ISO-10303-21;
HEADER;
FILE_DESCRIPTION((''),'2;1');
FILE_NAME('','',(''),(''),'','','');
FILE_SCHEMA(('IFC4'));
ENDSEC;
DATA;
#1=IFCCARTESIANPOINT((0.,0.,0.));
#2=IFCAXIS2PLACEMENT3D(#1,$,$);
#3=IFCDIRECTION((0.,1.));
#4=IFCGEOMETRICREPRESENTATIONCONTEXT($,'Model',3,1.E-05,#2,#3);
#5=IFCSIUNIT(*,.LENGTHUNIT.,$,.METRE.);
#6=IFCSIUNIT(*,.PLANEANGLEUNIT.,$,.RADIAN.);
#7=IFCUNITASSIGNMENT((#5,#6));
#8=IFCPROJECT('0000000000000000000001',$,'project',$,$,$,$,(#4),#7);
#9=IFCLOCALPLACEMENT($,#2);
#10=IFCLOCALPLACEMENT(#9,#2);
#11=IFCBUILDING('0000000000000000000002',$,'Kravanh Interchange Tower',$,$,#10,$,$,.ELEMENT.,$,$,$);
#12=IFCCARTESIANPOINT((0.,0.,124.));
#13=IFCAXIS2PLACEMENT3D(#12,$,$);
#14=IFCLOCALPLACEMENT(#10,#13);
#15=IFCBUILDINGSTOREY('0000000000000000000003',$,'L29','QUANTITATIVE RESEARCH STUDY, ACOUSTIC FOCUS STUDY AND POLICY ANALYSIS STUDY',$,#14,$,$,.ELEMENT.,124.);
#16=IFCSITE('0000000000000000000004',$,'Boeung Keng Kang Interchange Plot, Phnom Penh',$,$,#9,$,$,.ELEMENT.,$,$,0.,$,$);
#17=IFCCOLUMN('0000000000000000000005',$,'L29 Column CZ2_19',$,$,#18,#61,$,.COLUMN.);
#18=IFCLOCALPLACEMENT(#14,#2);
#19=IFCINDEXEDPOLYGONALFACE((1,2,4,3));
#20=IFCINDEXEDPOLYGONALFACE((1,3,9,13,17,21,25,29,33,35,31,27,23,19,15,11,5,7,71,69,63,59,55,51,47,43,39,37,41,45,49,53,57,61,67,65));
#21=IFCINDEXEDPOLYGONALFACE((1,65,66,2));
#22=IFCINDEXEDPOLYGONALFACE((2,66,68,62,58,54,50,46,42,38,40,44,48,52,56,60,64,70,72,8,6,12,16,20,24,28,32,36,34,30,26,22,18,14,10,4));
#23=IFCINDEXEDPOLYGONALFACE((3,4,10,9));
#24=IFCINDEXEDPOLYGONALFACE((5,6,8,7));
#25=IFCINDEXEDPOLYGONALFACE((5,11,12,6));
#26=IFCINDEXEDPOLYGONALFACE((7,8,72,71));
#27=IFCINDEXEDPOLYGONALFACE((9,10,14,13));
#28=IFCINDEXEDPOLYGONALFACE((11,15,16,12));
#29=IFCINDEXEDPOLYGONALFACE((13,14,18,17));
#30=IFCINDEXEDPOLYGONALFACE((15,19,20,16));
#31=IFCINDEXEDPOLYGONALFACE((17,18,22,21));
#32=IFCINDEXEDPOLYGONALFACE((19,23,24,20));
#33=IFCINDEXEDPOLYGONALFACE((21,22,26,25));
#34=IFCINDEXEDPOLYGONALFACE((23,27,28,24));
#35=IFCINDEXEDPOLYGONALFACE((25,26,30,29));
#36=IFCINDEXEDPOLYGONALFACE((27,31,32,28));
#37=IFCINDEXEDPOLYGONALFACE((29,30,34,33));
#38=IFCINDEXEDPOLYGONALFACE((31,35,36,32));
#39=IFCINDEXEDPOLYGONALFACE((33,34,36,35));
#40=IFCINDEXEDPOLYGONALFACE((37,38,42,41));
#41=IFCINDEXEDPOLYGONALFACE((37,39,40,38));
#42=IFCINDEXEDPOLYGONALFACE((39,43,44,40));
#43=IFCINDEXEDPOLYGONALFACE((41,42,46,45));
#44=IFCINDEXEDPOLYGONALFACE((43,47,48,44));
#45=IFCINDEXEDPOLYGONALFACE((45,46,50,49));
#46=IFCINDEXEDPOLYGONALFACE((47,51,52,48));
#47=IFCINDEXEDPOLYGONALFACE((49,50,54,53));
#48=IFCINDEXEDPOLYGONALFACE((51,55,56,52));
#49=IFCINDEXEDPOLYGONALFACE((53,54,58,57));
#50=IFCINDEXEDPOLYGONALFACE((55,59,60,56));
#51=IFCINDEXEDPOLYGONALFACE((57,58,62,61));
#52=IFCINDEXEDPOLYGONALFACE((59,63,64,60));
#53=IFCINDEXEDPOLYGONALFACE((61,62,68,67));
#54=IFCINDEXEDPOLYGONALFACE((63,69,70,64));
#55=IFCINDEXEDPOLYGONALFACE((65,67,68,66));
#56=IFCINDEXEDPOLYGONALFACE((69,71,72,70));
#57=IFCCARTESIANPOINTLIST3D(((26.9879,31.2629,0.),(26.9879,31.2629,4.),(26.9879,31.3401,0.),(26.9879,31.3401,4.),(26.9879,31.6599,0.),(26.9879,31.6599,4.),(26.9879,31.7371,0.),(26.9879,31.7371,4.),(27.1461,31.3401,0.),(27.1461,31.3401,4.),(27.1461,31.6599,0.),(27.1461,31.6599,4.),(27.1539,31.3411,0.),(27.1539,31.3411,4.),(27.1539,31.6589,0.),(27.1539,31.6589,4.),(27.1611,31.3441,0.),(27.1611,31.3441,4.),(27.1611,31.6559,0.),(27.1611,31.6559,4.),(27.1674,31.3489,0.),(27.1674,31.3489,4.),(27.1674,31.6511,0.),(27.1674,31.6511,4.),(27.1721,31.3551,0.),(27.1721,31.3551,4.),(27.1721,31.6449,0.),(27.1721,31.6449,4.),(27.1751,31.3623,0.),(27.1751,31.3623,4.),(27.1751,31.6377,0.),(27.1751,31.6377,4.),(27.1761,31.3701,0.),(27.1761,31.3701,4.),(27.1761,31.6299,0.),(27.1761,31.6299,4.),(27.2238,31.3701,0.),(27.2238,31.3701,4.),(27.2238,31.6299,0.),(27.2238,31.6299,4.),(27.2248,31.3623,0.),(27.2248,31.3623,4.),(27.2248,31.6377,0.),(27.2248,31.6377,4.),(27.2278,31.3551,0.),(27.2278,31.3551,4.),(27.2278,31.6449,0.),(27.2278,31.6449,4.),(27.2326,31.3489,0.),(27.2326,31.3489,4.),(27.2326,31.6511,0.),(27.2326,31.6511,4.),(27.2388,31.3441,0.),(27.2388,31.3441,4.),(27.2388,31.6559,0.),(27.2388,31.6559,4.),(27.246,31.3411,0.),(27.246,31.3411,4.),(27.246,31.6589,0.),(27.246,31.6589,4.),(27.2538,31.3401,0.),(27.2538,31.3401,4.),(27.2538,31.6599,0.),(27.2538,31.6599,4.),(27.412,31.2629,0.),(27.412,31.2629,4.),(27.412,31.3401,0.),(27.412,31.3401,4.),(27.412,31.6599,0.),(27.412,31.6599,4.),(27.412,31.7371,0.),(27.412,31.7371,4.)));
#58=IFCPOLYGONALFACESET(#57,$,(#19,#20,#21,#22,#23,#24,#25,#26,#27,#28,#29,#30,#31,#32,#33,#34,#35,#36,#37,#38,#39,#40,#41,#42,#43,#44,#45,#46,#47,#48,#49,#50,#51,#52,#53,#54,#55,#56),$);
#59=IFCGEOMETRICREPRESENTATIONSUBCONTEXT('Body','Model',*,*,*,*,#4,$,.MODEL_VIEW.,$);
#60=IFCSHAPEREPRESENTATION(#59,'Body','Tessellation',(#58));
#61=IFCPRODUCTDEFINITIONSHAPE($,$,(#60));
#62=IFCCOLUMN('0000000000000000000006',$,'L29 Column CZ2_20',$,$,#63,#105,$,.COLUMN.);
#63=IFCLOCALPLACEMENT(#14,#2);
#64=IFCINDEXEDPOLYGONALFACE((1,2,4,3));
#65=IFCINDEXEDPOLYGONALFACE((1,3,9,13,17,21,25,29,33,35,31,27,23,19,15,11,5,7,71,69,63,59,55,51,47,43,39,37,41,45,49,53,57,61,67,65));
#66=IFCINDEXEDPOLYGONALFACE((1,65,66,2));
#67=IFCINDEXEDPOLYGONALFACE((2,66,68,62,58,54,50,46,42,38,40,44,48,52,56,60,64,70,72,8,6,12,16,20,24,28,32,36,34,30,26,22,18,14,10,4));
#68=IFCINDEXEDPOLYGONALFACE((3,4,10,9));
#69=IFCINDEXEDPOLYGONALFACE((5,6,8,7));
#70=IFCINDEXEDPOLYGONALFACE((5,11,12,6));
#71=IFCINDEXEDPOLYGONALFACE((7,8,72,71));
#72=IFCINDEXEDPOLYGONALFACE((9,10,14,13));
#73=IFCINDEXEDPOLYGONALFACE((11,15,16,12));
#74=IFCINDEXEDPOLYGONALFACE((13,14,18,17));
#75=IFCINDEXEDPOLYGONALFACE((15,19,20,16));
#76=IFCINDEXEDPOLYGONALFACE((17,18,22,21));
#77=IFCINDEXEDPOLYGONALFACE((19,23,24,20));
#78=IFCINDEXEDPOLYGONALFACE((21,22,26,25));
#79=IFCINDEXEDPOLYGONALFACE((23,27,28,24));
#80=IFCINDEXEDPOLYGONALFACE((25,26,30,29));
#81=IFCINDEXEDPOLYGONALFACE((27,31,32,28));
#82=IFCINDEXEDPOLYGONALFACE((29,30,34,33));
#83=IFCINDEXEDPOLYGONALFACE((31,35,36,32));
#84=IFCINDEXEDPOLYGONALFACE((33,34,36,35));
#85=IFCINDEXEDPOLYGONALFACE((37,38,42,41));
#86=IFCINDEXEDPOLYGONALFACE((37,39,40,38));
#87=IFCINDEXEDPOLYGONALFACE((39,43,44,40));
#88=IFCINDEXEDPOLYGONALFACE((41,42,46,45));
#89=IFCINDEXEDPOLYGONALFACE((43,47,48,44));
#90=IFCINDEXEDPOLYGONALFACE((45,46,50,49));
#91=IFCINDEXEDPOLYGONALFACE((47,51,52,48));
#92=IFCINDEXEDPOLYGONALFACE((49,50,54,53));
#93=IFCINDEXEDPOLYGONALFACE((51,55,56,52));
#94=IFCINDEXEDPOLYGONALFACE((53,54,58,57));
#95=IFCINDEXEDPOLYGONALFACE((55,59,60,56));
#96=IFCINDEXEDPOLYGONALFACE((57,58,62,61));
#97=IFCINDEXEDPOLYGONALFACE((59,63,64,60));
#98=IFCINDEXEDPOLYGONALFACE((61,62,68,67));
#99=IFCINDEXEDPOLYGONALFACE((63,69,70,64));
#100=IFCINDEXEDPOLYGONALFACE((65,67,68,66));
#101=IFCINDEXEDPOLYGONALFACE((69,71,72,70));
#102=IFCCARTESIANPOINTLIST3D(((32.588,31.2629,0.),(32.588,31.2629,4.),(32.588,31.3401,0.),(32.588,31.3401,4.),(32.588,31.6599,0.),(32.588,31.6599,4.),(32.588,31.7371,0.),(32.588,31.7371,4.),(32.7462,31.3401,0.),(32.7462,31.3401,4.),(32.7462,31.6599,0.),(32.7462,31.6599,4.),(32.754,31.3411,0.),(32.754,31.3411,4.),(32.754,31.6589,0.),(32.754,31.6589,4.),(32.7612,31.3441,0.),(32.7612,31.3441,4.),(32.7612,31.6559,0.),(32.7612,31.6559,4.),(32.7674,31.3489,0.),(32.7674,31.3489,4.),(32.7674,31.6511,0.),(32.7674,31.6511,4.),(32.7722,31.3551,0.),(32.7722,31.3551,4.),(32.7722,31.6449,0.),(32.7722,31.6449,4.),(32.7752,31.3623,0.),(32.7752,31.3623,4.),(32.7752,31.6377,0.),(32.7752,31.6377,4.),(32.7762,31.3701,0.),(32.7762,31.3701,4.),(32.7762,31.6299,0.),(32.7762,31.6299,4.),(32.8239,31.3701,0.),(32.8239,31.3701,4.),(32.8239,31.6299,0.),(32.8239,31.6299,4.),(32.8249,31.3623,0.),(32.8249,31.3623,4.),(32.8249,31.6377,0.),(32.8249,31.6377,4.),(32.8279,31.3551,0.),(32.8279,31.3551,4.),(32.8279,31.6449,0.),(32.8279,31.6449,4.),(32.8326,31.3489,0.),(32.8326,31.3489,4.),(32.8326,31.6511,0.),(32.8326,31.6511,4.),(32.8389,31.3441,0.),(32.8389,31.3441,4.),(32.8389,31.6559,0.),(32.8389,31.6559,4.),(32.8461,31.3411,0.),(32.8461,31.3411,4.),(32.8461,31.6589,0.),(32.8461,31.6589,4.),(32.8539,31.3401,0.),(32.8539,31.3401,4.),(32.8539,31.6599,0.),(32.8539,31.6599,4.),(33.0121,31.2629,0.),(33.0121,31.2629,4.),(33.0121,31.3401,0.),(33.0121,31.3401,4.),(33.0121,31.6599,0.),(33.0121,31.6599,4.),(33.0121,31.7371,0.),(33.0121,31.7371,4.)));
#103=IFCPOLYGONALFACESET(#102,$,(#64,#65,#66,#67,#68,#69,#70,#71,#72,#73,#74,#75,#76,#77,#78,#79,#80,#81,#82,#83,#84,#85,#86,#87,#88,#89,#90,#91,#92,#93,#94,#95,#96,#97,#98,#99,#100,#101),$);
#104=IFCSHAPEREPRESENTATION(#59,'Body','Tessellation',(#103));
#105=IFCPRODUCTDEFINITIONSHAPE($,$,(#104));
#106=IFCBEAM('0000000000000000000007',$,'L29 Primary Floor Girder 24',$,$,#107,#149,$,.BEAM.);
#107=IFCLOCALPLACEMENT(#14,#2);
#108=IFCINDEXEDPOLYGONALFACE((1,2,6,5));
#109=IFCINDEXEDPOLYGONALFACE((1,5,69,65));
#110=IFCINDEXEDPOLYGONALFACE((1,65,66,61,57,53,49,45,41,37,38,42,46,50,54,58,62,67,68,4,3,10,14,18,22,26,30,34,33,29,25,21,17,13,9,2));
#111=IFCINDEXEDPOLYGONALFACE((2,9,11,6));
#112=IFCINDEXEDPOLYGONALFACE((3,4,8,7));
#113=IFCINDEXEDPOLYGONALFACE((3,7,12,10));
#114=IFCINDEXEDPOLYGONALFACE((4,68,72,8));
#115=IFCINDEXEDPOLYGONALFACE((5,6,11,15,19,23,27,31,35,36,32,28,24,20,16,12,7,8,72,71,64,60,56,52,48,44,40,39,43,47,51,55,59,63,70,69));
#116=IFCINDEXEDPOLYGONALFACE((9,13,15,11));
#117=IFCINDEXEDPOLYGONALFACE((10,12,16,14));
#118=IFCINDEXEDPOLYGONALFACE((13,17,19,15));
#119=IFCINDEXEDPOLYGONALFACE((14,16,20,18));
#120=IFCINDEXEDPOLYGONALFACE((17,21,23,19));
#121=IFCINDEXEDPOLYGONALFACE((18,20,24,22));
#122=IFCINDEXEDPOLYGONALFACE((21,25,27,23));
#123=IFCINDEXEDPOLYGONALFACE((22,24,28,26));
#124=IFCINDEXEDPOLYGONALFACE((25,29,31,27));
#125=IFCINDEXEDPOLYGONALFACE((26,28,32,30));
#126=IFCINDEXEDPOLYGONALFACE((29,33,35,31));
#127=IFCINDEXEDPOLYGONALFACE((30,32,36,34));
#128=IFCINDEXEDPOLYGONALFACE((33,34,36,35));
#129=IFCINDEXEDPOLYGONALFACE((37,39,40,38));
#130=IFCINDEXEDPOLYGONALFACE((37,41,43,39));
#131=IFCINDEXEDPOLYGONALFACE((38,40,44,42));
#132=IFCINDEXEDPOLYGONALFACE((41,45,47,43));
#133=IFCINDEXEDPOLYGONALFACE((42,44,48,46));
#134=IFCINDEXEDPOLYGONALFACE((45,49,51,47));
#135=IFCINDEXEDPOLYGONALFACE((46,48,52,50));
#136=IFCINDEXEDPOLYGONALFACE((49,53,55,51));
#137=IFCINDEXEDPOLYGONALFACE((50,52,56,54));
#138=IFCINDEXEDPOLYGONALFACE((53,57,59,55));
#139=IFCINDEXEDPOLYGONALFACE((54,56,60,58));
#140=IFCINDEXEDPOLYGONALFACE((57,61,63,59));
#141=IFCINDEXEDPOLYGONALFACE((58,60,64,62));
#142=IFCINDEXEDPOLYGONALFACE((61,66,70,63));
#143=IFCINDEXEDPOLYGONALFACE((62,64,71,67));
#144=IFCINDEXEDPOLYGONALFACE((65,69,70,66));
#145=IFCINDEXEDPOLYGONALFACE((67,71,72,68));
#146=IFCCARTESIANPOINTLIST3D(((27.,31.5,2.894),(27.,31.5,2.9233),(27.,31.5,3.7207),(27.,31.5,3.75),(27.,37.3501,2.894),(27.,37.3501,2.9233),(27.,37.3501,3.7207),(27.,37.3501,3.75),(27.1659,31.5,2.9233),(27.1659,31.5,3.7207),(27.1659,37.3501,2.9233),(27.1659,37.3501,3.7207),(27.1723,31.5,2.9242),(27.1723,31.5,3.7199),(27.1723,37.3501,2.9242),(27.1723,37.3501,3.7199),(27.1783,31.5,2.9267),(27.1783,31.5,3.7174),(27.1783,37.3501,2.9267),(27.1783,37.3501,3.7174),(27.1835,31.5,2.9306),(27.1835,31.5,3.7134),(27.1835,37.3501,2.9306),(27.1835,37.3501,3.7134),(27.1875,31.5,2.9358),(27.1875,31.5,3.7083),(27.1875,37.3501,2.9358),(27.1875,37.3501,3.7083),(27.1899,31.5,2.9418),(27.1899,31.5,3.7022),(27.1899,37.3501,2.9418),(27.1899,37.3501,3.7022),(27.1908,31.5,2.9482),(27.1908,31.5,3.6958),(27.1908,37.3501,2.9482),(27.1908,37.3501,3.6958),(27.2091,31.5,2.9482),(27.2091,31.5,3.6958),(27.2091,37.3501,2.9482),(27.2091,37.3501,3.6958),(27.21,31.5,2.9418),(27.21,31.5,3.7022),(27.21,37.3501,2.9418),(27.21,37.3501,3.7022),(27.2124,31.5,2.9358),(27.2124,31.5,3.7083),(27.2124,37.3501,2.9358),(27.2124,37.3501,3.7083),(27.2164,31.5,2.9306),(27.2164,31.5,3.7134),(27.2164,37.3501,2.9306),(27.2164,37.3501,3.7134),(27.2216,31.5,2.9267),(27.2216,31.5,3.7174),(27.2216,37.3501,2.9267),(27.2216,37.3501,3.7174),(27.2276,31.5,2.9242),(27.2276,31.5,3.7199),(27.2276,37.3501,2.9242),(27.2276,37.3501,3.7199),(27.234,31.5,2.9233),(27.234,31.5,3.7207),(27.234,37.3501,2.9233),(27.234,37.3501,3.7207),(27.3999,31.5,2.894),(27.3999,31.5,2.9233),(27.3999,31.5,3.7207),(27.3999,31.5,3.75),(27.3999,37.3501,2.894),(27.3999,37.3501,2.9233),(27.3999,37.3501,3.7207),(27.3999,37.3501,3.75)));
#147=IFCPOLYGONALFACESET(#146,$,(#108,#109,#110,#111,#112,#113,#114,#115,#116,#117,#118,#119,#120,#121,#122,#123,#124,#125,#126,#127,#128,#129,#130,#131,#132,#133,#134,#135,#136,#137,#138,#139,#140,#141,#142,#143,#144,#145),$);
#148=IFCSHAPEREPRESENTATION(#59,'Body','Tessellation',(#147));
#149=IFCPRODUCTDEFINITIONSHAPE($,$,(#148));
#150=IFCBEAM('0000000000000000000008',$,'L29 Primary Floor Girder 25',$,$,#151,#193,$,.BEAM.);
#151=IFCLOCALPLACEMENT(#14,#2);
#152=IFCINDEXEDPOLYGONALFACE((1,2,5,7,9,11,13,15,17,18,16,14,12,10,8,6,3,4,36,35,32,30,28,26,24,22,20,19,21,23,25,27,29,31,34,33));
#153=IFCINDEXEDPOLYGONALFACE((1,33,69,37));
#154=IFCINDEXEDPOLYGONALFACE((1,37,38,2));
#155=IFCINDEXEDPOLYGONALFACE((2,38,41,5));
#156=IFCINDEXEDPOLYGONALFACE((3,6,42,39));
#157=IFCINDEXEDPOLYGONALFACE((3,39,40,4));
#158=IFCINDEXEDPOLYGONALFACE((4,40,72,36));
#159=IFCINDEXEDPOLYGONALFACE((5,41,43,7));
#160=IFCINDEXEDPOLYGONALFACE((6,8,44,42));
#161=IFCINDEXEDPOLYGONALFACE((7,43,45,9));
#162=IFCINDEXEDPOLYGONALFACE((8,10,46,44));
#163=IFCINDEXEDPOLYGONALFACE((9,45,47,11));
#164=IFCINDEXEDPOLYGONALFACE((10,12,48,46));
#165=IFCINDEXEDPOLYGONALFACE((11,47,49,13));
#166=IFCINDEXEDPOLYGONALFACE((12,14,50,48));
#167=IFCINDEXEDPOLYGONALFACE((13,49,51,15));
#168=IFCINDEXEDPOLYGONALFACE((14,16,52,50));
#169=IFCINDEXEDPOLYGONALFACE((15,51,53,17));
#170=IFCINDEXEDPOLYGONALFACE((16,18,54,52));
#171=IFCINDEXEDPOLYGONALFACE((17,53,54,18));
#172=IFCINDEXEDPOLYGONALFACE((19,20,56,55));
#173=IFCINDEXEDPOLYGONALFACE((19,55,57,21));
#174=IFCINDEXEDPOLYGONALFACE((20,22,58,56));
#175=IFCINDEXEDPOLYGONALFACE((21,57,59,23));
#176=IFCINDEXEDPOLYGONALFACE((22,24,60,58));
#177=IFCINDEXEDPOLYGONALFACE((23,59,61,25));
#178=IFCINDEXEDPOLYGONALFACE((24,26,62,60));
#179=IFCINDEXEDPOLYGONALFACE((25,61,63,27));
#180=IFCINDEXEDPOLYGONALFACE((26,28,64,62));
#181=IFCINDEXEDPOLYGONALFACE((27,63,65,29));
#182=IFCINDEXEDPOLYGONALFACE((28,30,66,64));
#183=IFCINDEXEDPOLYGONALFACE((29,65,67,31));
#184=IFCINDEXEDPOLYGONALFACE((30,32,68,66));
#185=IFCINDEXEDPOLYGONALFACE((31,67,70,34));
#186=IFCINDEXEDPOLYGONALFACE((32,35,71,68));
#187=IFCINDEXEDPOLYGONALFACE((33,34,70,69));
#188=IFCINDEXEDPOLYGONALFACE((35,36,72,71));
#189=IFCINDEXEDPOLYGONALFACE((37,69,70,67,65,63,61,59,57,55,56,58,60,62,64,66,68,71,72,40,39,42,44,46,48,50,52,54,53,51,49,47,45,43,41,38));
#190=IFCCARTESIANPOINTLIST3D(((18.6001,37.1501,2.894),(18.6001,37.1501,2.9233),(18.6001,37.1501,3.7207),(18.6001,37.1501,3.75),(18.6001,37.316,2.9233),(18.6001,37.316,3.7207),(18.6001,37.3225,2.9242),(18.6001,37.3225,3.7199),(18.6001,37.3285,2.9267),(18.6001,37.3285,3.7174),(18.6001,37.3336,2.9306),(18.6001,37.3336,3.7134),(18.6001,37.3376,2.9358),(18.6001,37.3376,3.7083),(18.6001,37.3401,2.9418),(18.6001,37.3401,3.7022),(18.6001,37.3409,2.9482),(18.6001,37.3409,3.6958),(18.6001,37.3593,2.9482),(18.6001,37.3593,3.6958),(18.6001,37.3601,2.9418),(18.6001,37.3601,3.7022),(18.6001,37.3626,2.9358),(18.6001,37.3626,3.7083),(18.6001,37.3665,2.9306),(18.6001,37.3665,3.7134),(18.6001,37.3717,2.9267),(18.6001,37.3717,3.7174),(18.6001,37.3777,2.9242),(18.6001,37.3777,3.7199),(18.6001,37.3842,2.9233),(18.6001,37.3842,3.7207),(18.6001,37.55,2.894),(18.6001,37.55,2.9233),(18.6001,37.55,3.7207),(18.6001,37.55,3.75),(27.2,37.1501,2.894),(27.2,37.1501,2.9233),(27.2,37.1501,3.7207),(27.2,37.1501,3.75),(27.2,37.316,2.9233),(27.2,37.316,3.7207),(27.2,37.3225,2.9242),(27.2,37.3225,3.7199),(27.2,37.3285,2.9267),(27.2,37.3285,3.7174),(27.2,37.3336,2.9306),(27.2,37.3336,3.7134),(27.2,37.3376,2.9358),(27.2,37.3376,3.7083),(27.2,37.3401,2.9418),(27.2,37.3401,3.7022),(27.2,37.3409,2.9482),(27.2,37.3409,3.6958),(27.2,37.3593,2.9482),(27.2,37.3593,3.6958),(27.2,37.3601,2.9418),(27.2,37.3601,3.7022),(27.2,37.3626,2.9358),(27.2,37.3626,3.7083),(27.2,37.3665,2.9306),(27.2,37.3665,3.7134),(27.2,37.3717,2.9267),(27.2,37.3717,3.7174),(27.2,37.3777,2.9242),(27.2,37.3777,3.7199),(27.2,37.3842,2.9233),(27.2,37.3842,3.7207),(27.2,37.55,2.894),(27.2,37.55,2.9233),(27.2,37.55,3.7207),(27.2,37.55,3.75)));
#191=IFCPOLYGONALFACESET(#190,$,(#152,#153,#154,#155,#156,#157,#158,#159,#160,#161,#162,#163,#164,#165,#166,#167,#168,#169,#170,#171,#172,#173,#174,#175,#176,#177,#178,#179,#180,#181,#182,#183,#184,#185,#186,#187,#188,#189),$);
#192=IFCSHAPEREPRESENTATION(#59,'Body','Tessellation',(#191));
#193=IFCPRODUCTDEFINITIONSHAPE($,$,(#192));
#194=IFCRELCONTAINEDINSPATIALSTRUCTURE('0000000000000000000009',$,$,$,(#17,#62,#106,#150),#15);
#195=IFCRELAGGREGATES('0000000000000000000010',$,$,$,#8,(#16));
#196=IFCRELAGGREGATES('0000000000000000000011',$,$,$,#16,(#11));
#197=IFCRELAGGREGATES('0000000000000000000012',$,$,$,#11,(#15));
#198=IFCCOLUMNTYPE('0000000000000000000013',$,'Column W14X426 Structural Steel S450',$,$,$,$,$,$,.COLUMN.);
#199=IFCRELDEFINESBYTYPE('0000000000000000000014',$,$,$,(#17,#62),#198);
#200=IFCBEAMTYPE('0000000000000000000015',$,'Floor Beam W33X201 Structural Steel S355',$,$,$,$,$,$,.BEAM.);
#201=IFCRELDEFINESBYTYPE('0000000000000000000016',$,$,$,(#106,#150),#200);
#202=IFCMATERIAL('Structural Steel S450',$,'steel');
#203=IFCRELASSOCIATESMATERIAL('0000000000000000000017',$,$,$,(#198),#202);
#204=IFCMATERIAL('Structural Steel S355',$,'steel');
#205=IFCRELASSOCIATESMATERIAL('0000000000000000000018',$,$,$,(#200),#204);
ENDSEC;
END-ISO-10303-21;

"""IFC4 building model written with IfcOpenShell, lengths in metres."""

from ifc_helpers import new_model, si_unit, direction, frame, origin, origin_2d, place, context, subcontext, project, spatial, i_section, extrude, material, material_profile, profile_set, type_object, element, save


model = new_model("IFC4")

# Units and contexts
model_context = context("Model", 3, precision=1e-05, world=origin(), true_north=direction((0.0, 1.0)))
body_context = subcontext(model_context, "Body", "Model", "MODEL_VIEW")
ifc_project = project(units=[si_unit("LENGTHUNIT", "METRE"), si_unit("PLANEANGLEUNIT", "RADIAN")], contexts=[model_context])

# Site, building, storey
site_placement = place(None, origin())
site = spatial("IfcSite", under=ifc_project, at=site_placement, Name="Boeung Keng Kang Interchange Plot, Phnom Penh", CompositionType="ELEMENT", RefElevation=0.0)
building_placement = place(site_placement, origin())
building = spatial("IfcBuilding", under=site, at=building_placement, Name="Kravanh Interchange Tower", CompositionType="ELEMENT")
storey_placement = place(building_placement, frame((0.0, 0.0, 124.0)))
storey = spatial("IfcBuildingStorey", under=building, at=storey_placement, Name="L29", Description="QUANTITATIVE RESEARCH STUDY, ACOUSTIC FOCUS STUDY AND POLICY ANALYSIS STUDY", CompositionType="ELEMENT", Elevation=124.0)

# Columns
ifc_material_1 = material(Name="Structural Steel S450", Category="steel")
ifc_material_profile_1 = material_profile(ifc_material_1, i_section(OverallWidth=0.4241, OverallDepth=0.4741, WebThickness=0.0476, FlangeThickness=0.0771, FilletRadius=0.03, at=origin_2d()), Name="W14X426")
ifc_profile_set_1 = profile_set([ifc_material_profile_1], Name="Structural Steel S450")
column_type_1 = type_object("IfcColumnType", Name="Column W14X426 Structural Steel S450", PredefinedType="COLUMN", material=ifc_profile_set_1)
for number, where, z_axis, x_axis, name in (
    (1, (27.2, 31.5, 0.0), (0.0, 0.0, 1.0), (1.0, 0.0, 0.0), "L29 Column CZ2_19"),
    (2, (32.8, 31.5, 0.0), (0.0, 0.0, 1.0), (1.0, 0.0, 0.0), "L29 Column CZ2_20"),
):
    element("IfcColumn", number, at=place(storey_placement, frame(where, z_axis=z_axis, x_axis=x_axis)), inside=storey, type_object=column_type_1, Name=name, PredefinedType="COLUMN", context=body_context, shape_type="SweptSolid", body=[
        extrude(i_section(OverallWidth=0.4241, OverallDepth=0.4741, WebThickness=0.0476, FlangeThickness=0.0771, FilletRadius=0.03, at=origin_2d()), origin(), (0.0, 0.0, 1.0), 4.0),
    ])

# Beams
ifc_material_2 = material(Name="Structural Steel S355", Category="steel")
ifc_material_profile_2 = material_profile(ifc_material_2, i_section(OverallWidth=0.3999, OverallDepth=0.856, WebThickness=0.0183, FlangeThickness=0.0293, FilletRadius=0.0249, at=origin_2d()), Name="W33X201")
ifc_profile_set_2 = profile_set([ifc_material_profile_2], Name="Structural Steel S355")
beam_type_1 = type_object("IfcBeamType", Name="Floor Beam W33X201 Structural Steel S355", PredefinedType="BEAM", material=ifc_profile_set_2)
beam_1_placement = place(storey_placement, frame((27.2, 37.3501, 3.322), z_axis=(0.0, -1.0, 0.0), x_axis=(1.0, 0.0, 0.0)))
element("IfcBeam", 3, at=beam_1_placement, inside=storey, type_object=beam_type_1, Name="L29 Primary Floor Girder 24", PredefinedType="BEAM", context=body_context, shape_type="SweptSolid", body=[
    extrude(i_section(OverallWidth=0.3999, OverallDepth=0.856, WebThickness=0.0183, FlangeThickness=0.0293, FilletRadius=0.0249, at=origin_2d()), origin(), (0.0, 0.0, 1.0), 5.8501),
])
beam_2_placement = place(storey_placement, frame((27.2, 37.3501, 3.322), z_axis=(-1.0, 0.0, 0.0), x_axis=(0.0, -1.0, 0.0)))
element("IfcBeam", 4, at=beam_2_placement, inside=storey, type_object=beam_type_1, Name="L29 Primary Floor Girder 25", PredefinedType="BEAM", context=body_context, shape_type="SweptSolid", body=[
    extrude(i_section(OverallWidth=0.3999, OverallDepth=0.856, WebThickness=0.0183, FlangeThickness=0.0293, FilletRadius=0.0249, at=origin_2d()), origin(), (0.0, 0.0, 1.0), 8.5999),
])

save(model, "model.ifc")
